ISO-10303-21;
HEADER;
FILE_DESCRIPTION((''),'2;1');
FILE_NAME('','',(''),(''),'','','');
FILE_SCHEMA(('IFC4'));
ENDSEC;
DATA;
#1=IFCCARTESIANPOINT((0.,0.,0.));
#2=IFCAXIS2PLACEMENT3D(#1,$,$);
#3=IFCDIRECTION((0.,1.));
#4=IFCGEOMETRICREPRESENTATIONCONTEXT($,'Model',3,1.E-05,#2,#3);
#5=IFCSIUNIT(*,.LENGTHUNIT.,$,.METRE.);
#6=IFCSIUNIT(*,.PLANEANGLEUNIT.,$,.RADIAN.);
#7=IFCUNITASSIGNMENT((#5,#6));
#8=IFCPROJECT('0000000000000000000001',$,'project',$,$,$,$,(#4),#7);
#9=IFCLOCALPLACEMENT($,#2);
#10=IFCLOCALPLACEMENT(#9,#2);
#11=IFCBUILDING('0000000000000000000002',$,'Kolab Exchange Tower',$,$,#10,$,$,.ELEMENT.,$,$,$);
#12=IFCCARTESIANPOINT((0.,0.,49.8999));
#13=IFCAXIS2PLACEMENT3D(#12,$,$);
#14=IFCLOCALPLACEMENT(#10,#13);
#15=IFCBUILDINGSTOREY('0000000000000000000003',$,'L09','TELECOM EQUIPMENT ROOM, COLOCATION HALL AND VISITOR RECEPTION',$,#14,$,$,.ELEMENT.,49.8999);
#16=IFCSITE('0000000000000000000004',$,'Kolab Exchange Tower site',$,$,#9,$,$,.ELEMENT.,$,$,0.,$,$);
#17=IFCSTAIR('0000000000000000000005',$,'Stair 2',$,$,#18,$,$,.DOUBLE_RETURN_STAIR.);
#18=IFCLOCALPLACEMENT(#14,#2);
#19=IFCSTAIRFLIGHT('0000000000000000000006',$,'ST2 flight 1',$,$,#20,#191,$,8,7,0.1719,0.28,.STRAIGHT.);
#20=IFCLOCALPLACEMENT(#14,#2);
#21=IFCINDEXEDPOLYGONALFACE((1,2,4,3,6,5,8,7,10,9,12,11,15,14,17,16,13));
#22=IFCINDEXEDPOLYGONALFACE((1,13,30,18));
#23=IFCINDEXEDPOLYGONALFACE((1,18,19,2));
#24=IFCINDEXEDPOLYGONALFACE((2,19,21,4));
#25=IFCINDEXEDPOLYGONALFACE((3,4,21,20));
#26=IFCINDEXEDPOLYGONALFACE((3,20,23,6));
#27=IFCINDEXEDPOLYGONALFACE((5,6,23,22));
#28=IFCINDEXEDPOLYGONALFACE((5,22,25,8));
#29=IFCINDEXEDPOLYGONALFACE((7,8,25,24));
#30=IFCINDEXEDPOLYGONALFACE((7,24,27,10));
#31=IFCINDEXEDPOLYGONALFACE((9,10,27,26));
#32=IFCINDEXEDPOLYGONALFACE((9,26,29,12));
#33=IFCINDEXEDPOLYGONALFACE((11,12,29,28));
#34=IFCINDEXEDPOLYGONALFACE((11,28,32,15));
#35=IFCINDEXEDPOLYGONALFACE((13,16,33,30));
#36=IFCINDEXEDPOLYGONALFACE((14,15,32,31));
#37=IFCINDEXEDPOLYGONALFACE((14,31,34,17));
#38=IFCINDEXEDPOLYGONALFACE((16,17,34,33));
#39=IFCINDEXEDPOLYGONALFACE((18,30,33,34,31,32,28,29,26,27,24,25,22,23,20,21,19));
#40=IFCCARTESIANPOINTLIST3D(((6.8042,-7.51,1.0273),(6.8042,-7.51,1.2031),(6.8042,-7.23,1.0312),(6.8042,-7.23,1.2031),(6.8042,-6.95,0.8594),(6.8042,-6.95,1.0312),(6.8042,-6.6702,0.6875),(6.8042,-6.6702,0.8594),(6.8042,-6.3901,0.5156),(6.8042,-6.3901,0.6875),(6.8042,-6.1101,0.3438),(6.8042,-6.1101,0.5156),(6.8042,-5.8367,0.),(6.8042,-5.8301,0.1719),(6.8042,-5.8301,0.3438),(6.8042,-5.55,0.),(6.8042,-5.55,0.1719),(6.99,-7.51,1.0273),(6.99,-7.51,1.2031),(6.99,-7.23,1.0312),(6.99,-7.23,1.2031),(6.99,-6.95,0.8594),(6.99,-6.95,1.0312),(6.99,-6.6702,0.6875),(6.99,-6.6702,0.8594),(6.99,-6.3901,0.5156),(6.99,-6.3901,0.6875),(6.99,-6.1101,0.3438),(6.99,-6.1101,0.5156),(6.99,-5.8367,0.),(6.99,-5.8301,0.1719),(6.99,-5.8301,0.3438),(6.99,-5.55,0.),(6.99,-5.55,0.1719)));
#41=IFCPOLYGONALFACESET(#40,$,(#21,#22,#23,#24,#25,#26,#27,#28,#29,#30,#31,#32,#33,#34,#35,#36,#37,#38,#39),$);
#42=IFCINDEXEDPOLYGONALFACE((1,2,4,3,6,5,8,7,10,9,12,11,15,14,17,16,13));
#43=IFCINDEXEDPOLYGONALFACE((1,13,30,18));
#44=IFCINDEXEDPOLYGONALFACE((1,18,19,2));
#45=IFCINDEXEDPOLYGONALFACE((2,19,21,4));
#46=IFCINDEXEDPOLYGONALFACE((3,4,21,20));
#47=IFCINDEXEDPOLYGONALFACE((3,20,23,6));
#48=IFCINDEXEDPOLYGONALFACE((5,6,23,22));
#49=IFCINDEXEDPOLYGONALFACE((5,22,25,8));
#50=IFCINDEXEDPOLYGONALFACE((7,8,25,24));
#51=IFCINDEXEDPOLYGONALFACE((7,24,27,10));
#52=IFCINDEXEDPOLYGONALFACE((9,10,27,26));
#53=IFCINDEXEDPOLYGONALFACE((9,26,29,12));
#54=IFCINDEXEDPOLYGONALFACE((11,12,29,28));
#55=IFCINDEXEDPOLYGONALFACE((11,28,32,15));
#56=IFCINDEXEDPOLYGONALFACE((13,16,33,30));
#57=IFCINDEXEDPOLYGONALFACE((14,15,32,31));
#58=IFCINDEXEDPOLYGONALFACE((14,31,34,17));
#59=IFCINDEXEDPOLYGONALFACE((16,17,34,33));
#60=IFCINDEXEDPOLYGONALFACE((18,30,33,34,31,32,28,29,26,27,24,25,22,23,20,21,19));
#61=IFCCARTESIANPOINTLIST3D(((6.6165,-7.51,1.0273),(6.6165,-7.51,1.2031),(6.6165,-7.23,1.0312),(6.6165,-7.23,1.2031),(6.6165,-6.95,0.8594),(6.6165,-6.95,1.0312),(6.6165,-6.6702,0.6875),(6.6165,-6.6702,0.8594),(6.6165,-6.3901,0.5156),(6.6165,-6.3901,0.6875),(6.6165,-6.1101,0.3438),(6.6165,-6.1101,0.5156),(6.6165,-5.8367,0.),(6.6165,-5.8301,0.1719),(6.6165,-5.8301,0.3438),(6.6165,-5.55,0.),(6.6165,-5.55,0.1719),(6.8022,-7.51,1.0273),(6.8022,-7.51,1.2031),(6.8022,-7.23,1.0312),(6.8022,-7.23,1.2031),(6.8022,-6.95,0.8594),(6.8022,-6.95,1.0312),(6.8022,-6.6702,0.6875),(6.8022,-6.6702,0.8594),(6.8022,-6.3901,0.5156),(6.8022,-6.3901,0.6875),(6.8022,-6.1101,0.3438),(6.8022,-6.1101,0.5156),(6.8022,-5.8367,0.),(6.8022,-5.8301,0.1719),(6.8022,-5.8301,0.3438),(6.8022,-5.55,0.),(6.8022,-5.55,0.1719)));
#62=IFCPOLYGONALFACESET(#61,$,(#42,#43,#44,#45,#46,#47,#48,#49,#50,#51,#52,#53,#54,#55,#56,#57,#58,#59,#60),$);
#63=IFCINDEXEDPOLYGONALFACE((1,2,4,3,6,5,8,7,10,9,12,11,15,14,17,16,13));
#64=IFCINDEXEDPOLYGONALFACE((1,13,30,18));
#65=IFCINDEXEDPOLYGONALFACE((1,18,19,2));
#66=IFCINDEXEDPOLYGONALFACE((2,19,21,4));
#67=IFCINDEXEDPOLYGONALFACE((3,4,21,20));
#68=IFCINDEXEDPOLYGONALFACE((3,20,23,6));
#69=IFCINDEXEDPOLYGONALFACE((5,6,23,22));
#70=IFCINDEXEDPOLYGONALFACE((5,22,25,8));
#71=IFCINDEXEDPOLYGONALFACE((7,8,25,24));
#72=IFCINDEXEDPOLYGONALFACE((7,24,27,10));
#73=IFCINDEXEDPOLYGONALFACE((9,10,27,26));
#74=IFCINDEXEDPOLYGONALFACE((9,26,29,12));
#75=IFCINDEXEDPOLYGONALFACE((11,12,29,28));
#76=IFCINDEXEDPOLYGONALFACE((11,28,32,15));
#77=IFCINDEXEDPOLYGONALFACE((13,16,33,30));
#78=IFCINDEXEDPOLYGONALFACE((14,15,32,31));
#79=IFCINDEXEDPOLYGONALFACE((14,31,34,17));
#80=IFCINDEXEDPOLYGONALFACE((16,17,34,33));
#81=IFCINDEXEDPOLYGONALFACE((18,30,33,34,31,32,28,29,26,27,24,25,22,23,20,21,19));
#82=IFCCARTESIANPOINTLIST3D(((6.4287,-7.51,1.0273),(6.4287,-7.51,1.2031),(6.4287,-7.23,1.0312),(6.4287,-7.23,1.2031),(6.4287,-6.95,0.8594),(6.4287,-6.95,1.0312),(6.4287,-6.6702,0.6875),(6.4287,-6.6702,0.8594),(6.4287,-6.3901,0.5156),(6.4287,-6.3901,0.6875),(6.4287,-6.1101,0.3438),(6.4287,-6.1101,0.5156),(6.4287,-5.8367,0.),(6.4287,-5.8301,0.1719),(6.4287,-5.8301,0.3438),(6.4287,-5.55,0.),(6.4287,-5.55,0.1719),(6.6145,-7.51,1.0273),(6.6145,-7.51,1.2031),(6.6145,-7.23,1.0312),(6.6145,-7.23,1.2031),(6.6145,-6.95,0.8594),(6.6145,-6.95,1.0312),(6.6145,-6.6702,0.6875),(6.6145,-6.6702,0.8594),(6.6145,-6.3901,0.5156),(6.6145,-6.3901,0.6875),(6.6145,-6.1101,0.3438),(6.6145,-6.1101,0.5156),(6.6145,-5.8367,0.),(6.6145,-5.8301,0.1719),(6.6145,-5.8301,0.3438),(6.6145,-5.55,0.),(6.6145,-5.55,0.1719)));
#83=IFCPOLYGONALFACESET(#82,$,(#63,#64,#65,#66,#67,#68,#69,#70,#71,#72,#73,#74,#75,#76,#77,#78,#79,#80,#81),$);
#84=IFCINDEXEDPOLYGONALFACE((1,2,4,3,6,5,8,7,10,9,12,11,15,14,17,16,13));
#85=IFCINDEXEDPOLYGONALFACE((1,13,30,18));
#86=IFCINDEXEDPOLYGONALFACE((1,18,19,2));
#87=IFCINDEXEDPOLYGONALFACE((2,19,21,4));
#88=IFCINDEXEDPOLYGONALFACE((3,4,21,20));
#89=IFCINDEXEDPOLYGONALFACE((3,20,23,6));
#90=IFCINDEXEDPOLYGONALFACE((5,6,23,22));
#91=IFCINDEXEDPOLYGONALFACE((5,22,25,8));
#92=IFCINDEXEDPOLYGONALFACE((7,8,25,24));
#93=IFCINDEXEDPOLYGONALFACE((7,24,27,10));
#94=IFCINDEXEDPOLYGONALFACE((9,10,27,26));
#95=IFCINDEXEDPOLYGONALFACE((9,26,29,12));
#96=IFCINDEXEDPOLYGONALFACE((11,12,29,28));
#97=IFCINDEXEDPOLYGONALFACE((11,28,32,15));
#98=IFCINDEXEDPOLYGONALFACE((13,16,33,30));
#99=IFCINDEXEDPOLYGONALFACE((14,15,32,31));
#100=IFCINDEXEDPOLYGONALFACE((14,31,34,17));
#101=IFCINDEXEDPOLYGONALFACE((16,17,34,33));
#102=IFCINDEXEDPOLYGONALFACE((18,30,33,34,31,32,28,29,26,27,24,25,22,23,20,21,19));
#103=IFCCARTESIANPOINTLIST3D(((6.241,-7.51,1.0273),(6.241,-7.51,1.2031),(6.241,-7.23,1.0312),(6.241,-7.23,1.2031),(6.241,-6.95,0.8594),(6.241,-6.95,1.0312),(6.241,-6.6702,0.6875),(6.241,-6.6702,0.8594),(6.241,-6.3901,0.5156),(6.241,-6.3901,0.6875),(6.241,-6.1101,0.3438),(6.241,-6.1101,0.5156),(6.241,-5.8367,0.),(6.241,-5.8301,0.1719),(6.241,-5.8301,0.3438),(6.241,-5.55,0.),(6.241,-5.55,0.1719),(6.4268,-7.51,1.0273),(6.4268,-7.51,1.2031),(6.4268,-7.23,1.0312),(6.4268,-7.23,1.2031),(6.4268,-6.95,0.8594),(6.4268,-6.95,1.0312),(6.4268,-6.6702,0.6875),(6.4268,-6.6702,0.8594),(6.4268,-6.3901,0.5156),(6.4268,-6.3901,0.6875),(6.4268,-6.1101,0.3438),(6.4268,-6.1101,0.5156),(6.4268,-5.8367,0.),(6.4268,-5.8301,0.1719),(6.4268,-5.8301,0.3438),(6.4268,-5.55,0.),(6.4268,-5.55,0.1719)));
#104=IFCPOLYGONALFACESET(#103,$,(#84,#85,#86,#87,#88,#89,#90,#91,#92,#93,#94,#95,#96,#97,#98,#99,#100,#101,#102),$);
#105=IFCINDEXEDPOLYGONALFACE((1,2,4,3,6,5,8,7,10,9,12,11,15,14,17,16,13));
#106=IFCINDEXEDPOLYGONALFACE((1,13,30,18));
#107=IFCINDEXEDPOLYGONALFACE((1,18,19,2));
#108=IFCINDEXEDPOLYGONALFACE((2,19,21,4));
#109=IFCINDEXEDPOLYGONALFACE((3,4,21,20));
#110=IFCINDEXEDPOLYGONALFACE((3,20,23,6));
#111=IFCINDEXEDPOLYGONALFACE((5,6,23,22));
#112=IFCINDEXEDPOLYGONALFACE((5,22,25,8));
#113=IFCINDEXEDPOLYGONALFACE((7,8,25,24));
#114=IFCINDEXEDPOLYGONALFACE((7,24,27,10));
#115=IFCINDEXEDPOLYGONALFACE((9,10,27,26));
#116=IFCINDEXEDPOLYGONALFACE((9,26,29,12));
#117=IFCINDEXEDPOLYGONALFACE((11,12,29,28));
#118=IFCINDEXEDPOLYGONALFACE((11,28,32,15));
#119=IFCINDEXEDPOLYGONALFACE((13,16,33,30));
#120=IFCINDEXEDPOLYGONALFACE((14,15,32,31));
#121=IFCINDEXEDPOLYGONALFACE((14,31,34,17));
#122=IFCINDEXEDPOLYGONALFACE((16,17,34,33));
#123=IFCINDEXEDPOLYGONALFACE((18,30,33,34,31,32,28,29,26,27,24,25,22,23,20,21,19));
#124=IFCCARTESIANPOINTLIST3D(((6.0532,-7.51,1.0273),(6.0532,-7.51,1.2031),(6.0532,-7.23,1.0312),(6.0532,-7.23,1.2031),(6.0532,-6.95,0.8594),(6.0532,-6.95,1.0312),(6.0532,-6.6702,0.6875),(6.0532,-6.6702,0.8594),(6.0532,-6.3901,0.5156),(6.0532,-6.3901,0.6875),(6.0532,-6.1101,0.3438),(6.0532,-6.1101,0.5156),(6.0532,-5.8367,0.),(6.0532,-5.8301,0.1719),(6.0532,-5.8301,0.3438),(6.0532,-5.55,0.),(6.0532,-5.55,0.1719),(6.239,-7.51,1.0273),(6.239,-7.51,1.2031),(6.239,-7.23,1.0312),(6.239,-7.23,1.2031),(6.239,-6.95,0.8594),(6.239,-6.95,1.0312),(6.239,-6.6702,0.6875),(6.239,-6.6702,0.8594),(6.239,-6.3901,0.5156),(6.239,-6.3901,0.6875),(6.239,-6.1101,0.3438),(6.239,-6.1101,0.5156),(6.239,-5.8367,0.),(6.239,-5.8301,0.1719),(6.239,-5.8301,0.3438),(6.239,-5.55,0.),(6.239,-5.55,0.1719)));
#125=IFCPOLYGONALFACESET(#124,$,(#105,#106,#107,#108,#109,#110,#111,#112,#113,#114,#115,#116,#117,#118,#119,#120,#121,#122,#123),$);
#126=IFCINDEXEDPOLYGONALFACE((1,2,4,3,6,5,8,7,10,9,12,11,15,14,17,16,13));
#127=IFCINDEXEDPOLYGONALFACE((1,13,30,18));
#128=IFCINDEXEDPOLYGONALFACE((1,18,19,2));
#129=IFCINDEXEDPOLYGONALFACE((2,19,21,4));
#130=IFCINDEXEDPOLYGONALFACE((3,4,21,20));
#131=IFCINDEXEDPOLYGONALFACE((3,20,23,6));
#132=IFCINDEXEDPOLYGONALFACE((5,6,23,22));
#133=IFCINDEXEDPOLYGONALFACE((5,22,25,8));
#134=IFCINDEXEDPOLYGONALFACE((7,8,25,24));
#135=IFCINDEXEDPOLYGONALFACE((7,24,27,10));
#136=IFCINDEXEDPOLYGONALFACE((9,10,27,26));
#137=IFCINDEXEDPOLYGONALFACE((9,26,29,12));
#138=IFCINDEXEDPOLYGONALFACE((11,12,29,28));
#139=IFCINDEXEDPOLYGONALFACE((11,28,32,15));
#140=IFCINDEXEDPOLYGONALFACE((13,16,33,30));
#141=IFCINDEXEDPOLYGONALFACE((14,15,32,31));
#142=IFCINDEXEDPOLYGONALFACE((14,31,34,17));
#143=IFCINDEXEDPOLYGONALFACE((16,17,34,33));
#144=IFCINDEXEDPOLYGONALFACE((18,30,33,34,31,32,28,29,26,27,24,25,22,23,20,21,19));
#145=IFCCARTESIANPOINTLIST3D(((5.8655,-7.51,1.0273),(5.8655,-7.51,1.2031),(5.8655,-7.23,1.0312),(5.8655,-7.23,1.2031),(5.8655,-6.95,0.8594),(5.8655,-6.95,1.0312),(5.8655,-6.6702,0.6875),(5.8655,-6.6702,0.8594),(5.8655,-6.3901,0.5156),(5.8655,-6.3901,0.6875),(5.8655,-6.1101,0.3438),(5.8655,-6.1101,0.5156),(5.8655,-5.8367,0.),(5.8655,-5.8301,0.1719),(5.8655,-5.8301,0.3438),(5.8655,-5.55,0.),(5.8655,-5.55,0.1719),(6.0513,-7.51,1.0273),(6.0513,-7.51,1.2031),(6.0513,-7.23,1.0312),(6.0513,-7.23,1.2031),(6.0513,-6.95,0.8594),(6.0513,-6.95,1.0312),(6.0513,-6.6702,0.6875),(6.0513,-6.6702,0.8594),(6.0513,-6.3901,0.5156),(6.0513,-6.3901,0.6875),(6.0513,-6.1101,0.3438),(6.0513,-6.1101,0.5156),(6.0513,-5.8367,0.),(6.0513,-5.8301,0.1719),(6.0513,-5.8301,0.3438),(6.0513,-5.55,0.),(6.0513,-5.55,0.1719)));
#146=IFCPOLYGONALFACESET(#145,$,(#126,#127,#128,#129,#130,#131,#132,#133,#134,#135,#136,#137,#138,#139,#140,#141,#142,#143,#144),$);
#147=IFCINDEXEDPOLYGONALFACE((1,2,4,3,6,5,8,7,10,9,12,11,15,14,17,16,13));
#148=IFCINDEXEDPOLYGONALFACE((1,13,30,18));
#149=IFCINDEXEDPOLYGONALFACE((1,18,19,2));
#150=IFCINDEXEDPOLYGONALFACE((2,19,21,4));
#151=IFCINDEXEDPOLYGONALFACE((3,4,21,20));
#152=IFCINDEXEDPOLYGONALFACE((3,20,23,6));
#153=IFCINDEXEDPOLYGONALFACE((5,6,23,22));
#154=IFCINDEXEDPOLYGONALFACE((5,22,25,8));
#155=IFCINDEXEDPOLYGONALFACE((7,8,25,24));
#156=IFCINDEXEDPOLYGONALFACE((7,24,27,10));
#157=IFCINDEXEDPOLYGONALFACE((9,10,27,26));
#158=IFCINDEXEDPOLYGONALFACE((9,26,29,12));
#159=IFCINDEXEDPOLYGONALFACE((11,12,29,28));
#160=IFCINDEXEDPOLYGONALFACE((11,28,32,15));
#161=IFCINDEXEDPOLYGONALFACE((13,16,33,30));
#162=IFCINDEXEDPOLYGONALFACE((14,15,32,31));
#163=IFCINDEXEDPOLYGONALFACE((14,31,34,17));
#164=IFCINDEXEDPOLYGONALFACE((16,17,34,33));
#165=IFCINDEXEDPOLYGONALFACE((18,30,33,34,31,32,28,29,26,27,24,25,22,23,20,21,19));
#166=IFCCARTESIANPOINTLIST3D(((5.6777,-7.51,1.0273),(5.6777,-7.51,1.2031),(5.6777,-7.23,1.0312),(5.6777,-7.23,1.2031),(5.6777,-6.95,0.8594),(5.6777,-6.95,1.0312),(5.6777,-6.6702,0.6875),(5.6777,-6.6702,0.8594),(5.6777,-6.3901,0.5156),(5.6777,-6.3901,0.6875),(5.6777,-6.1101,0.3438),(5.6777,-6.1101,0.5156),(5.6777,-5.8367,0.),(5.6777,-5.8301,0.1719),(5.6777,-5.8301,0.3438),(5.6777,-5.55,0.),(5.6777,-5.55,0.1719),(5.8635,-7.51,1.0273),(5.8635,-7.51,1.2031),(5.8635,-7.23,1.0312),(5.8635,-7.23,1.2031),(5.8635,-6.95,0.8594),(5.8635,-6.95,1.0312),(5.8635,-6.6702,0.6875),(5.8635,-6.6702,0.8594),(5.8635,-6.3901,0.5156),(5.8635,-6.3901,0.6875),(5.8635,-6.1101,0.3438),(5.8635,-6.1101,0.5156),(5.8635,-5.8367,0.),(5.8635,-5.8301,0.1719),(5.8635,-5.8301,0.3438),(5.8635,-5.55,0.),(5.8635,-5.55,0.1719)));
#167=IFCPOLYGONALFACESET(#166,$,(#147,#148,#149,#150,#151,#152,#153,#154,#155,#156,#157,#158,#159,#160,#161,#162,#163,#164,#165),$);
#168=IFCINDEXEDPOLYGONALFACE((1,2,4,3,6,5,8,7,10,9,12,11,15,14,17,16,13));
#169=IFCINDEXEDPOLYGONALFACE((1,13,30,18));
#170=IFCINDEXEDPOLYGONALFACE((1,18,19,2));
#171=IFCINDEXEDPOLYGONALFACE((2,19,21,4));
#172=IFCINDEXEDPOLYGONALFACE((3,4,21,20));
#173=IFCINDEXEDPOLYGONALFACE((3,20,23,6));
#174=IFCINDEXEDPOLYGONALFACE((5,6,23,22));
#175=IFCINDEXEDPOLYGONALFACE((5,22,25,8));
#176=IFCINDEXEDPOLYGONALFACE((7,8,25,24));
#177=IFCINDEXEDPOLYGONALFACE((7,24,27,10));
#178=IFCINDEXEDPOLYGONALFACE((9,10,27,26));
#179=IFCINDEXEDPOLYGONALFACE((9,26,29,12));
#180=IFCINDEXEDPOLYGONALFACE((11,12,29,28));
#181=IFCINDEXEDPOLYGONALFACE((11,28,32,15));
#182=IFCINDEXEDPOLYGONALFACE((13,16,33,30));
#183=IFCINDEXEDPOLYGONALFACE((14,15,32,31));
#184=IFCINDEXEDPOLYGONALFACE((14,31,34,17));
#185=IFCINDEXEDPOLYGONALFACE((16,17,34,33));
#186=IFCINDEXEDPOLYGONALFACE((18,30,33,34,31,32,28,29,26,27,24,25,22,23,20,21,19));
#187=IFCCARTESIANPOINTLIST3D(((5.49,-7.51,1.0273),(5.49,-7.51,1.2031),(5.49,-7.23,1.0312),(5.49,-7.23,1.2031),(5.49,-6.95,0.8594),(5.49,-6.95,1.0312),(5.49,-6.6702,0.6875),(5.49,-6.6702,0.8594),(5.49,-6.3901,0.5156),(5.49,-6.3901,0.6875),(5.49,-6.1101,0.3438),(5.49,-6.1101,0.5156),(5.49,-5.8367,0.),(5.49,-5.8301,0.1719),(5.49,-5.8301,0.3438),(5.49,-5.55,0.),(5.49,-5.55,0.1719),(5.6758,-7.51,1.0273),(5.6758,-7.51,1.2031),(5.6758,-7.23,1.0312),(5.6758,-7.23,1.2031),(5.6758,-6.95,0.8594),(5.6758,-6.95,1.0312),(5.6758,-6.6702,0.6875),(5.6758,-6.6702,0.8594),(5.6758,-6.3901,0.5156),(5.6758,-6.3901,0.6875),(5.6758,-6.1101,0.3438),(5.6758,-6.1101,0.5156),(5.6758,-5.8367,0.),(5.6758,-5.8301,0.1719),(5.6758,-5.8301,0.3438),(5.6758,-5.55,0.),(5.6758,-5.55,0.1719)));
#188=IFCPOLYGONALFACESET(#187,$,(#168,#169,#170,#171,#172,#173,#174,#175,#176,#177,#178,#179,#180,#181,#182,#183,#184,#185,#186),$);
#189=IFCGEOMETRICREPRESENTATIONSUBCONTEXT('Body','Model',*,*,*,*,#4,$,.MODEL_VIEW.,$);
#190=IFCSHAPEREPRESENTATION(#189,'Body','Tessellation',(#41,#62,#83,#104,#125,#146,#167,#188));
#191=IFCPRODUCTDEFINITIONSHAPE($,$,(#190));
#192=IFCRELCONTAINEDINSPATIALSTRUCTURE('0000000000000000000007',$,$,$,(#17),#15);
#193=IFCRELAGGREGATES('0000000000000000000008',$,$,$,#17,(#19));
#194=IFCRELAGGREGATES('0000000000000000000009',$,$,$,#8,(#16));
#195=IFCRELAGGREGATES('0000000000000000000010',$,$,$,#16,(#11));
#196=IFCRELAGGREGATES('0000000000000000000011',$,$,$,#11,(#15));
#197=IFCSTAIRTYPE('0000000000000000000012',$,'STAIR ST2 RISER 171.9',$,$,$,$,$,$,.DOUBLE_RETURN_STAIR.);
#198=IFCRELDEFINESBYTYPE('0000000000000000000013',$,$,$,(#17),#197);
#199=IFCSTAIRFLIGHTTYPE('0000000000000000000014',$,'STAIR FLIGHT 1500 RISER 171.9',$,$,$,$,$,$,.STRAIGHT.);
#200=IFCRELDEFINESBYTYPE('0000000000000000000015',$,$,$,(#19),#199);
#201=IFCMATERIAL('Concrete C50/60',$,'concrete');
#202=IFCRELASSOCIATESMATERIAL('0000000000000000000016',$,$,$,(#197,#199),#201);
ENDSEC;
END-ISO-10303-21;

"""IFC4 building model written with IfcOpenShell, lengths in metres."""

from ifc_helpers import new_model, si_unit, direction, frame, origin, place, context, subcontext, project, spatial, polyline, outline, extrude, material, type_object, element, aggregate, save


model = new_model("IFC4")

# Units and contexts
model_context = context("Model", 3, precision=1e-05, world=origin(), true_north=direction((0.0, 1.0)))
body_context = subcontext(model_context, "Body", "Model", "MODEL_VIEW")
ifc_project = project(units=[si_unit("LENGTHUNIT", "METRE"), si_unit("PLANEANGLEUNIT", "RADIAN")], contexts=[model_context])

# Site, building, storey
site_placement = place(None, origin())
site = spatial("IfcSite", under=ifc_project, at=site_placement, Name="Kolab Exchange Tower site", CompositionType="ELEMENT", RefElevation=0.0)
building_placement = place(site_placement, origin())
building = spatial("IfcBuilding", under=site, at=building_placement, Name="Kolab Exchange Tower", CompositionType="ELEMENT")
storey_placement = place(building_placement, frame((0.0, 0.0, 49.8999)))
storey = spatial("IfcBuildingStorey", under=building, at=storey_placement, Name="L09", Description="TELECOM EQUIPMENT ROOM, COLOCATION HALL AND VISITOR RECEPTION", CompositionType="ELEMENT", Elevation=49.8999)

# Shared definitions
ifc_material_1 = material(Name="Concrete C50/60", Category="concrete")

# Stair, stair flight
stair_type_1 = type_object("IfcStairType", Name="STAIR ST2 RISER 171.9", PredefinedType="DOUBLE_RETURN_STAIR", material=ifc_material_1)
stair_1_placement = place(storey_placement, origin())
stair_1 = element("IfcStair", 1, at=stair_1_placement, inside=storey, type_object=stair_type_1, Name="Stair 2", PredefinedType="DOUBLE_RETURN_STAIR")
stair_flight_type = type_object("IfcStairFlightType", Name="STAIR FLIGHT 1500 RISER 171.9", PredefinedType="STRAIGHT", material=ifc_material_1)
stair_flight_1_placement = place(storey_placement, frame((6.24, -5.55, 0.0), z_axis=(0.0, 0.0, 1.0), x_axis=(0.0, -1.0, 0.0)))
stair_flight_1 = element("IfcStairFlight", 2, at=stair_flight_1_placement, type_object=stair_flight_type, Name="ST2 flight 1", NumberOfRisers=8, NumberOfTreads=7, PredefinedType="STRAIGHT", RiserHeight=0.1719, TreadLength=0.28, context=body_context, shape_type="SweptSolid", body=[
    extrude(outline(polyline([(0.0, 0.0), (0.0, 0.1719), (0.28, 0.1719), (0.28, 0.3438), (0.5601, 0.3438), (0.5601, 0.5156), (0.8401, 0.5156), (0.8401, 0.6875), (1.1201, 0.6875), (1.1201, 0.8594), (1.3999, 0.8594), (1.3999, 1.0312), (1.6799, 1.0312), (1.6799, 1.2031), (1.96, 1.2031), (1.96, 1.375), (1.96, 1.0273), (0.2866, 0.0), (0.0, 0.0)])), frame((0.0, 0.75, 0.0), z_axis=(0.0, -1.0, 0.0), x_axis=(1.0, 0.0, 0.0)), (0.0, 0.0, 1.0), 0.1858),
    extrude(outline(polyline([(0.0, 0.0), (0.0, 0.1719), (0.28, 0.1719), (0.28, 0.3438), (0.5601, 0.3438), (0.5601, 0.5156), (0.8401, 0.5156), (0.8401, 0.6875), (1.1201, 0.6875), (1.1201, 0.8594), (1.3999, 0.8594), (1.3999, 1.0312), (1.6799, 1.0312), (1.6799, 1.2031), (1.96, 1.2031), (1.96, 1.375), (1.96, 1.0273), (0.2866, 0.0), (0.0, 0.0)])), frame((0.0, 0.5623, 0.0), z_axis=(0.0, -1.0, 0.0), x_axis=(1.0, 0.0, 0.0)), (0.0, 0.0, 1.0), 0.1858),
    extrude(outline(polyline([(0.0, 0.0), (0.0, 0.1719), (0.28, 0.1719), (0.28, 0.3438), (0.5601, 0.3438), (0.5601, 0.5156), (0.8401, 0.5156), (0.8401, 0.6875), (1.1201, 0.6875), (1.1201, 0.8594), (1.3999, 0.8594), (1.3999, 1.0312), (1.6799, 1.0312), (1.6799, 1.2031), (1.96, 1.2031), (1.96, 1.375), (1.96, 1.0273), (0.2866, 0.0), (0.0, 0.0)])), frame((0.0, 0.3745, 0.0), z_axis=(0.0, -1.0, 0.0), x_axis=(1.0, 0.0, 0.0)), (0.0, 0.0, 1.0), 0.1858),
    extrude(outline(polyline([(0.0, 0.0), (0.0, 0.1719), (0.28, 0.1719), (0.28, 0.3438), (0.5601, 0.3438), (0.5601, 0.5156), (0.8401, 0.5156), (0.8401, 0.6875), (1.1201, 0.6875), (1.1201, 0.8594), (1.3999, 0.8594), (1.3999, 1.0312), (1.6799, 1.0312), (1.6799, 1.2031), (1.96, 1.2031), (1.96, 1.375), (1.96, 1.0273), (0.2866, 0.0), (0.0, 0.0)])), frame((0.0, 0.1868, 0.0), z_axis=(0.0, -1.0, 0.0), x_axis=(1.0, 0.0, 0.0)), (0.0, 0.0, 1.0), 0.1858),
    extrude(outline(polyline([(0.0, 0.0), (0.0, 0.1719), (0.28, 0.1719), (0.28, 0.3438), (0.5601, 0.3438), (0.5601, 0.5156), (0.8401, 0.5156), (0.8401, 0.6875), (1.1201, 0.6875), (1.1201, 0.8594), (1.3999, 0.8594), (1.3999, 1.0312), (1.6799, 1.0312), (1.6799, 1.2031), (1.96, 1.2031), (1.96, 1.375), (1.96, 1.0273), (0.2866, 0.0), (0.0, 0.0)])), frame((0.0, -0.001, 0.0), z_axis=(0.0, -1.0, 0.0), x_axis=(1.0, 0.0, 0.0)), (0.0, 0.0, 1.0), 0.1858),
    extrude(outline(polyline([(0.0, 0.0), (0.0, 0.1719), (0.28, 0.1719), (0.28, 0.3438), (0.5601, 0.3438), (0.5601, 0.5156), (0.8401, 0.5156), (0.8401, 0.6875), (1.1201, 0.6875), (1.1201, 0.8594), (1.3999, 0.8594), (1.3999, 1.0312), (1.6799, 1.0312), (1.6799, 1.2031), (1.96, 1.2031), (1.96, 1.375), (1.96, 1.0273), (0.2866, 0.0), (0.0, 0.0)])), frame((0.0, -0.1887, 0.0), z_axis=(0.0, -1.0, 0.0), x_axis=(1.0, 0.0, 0.0)), (0.0, 0.0, 1.0), 0.1858),
    extrude(outline(polyline([(0.0, 0.0), (0.0, 0.1719), (0.28, 0.1719), (0.28, 0.3438), (0.5601, 0.3438), (0.5601, 0.5156), (0.8401, 0.5156), (0.8401, 0.6875), (1.1201, 0.6875), (1.1201, 0.8594), (1.3999, 0.8594), (1.3999, 1.0312), (1.6799, 1.0312), (1.6799, 1.2031), (1.96, 1.2031), (1.96, 1.375), (1.96, 1.0273), (0.2866, 0.0), (0.0, 0.0)])), frame((0.0, -0.3765, 0.0), z_axis=(0.0, -1.0, 0.0), x_axis=(1.0, 0.0, 0.0)), (0.0, 0.0, 1.0), 0.1858),
    extrude(outline(polyline([(0.0, 0.0), (0.0, 0.1719), (0.28, 0.1719), (0.28, 0.3438), (0.5601, 0.3438), (0.5601, 0.5156), (0.8401, 0.5156), (0.8401, 0.6875), (1.1201, 0.6875), (1.1201, 0.8594), (1.3999, 0.8594), (1.3999, 1.0312), (1.6799, 1.0312), (1.6799, 1.2031), (1.96, 1.2031), (1.96, 1.375), (1.96, 1.0273), (0.2866, 0.0), (0.0, 0.0)])), frame((0.0, -0.5642, 0.0), z_axis=(0.0, -1.0, 0.0), x_axis=(1.0, 0.0, 0.0)), (0.0, 0.0, 1.0), 0.1858),
])
aggregate(stair_1, [stair_flight_1])

save(model, "model.ifc")
